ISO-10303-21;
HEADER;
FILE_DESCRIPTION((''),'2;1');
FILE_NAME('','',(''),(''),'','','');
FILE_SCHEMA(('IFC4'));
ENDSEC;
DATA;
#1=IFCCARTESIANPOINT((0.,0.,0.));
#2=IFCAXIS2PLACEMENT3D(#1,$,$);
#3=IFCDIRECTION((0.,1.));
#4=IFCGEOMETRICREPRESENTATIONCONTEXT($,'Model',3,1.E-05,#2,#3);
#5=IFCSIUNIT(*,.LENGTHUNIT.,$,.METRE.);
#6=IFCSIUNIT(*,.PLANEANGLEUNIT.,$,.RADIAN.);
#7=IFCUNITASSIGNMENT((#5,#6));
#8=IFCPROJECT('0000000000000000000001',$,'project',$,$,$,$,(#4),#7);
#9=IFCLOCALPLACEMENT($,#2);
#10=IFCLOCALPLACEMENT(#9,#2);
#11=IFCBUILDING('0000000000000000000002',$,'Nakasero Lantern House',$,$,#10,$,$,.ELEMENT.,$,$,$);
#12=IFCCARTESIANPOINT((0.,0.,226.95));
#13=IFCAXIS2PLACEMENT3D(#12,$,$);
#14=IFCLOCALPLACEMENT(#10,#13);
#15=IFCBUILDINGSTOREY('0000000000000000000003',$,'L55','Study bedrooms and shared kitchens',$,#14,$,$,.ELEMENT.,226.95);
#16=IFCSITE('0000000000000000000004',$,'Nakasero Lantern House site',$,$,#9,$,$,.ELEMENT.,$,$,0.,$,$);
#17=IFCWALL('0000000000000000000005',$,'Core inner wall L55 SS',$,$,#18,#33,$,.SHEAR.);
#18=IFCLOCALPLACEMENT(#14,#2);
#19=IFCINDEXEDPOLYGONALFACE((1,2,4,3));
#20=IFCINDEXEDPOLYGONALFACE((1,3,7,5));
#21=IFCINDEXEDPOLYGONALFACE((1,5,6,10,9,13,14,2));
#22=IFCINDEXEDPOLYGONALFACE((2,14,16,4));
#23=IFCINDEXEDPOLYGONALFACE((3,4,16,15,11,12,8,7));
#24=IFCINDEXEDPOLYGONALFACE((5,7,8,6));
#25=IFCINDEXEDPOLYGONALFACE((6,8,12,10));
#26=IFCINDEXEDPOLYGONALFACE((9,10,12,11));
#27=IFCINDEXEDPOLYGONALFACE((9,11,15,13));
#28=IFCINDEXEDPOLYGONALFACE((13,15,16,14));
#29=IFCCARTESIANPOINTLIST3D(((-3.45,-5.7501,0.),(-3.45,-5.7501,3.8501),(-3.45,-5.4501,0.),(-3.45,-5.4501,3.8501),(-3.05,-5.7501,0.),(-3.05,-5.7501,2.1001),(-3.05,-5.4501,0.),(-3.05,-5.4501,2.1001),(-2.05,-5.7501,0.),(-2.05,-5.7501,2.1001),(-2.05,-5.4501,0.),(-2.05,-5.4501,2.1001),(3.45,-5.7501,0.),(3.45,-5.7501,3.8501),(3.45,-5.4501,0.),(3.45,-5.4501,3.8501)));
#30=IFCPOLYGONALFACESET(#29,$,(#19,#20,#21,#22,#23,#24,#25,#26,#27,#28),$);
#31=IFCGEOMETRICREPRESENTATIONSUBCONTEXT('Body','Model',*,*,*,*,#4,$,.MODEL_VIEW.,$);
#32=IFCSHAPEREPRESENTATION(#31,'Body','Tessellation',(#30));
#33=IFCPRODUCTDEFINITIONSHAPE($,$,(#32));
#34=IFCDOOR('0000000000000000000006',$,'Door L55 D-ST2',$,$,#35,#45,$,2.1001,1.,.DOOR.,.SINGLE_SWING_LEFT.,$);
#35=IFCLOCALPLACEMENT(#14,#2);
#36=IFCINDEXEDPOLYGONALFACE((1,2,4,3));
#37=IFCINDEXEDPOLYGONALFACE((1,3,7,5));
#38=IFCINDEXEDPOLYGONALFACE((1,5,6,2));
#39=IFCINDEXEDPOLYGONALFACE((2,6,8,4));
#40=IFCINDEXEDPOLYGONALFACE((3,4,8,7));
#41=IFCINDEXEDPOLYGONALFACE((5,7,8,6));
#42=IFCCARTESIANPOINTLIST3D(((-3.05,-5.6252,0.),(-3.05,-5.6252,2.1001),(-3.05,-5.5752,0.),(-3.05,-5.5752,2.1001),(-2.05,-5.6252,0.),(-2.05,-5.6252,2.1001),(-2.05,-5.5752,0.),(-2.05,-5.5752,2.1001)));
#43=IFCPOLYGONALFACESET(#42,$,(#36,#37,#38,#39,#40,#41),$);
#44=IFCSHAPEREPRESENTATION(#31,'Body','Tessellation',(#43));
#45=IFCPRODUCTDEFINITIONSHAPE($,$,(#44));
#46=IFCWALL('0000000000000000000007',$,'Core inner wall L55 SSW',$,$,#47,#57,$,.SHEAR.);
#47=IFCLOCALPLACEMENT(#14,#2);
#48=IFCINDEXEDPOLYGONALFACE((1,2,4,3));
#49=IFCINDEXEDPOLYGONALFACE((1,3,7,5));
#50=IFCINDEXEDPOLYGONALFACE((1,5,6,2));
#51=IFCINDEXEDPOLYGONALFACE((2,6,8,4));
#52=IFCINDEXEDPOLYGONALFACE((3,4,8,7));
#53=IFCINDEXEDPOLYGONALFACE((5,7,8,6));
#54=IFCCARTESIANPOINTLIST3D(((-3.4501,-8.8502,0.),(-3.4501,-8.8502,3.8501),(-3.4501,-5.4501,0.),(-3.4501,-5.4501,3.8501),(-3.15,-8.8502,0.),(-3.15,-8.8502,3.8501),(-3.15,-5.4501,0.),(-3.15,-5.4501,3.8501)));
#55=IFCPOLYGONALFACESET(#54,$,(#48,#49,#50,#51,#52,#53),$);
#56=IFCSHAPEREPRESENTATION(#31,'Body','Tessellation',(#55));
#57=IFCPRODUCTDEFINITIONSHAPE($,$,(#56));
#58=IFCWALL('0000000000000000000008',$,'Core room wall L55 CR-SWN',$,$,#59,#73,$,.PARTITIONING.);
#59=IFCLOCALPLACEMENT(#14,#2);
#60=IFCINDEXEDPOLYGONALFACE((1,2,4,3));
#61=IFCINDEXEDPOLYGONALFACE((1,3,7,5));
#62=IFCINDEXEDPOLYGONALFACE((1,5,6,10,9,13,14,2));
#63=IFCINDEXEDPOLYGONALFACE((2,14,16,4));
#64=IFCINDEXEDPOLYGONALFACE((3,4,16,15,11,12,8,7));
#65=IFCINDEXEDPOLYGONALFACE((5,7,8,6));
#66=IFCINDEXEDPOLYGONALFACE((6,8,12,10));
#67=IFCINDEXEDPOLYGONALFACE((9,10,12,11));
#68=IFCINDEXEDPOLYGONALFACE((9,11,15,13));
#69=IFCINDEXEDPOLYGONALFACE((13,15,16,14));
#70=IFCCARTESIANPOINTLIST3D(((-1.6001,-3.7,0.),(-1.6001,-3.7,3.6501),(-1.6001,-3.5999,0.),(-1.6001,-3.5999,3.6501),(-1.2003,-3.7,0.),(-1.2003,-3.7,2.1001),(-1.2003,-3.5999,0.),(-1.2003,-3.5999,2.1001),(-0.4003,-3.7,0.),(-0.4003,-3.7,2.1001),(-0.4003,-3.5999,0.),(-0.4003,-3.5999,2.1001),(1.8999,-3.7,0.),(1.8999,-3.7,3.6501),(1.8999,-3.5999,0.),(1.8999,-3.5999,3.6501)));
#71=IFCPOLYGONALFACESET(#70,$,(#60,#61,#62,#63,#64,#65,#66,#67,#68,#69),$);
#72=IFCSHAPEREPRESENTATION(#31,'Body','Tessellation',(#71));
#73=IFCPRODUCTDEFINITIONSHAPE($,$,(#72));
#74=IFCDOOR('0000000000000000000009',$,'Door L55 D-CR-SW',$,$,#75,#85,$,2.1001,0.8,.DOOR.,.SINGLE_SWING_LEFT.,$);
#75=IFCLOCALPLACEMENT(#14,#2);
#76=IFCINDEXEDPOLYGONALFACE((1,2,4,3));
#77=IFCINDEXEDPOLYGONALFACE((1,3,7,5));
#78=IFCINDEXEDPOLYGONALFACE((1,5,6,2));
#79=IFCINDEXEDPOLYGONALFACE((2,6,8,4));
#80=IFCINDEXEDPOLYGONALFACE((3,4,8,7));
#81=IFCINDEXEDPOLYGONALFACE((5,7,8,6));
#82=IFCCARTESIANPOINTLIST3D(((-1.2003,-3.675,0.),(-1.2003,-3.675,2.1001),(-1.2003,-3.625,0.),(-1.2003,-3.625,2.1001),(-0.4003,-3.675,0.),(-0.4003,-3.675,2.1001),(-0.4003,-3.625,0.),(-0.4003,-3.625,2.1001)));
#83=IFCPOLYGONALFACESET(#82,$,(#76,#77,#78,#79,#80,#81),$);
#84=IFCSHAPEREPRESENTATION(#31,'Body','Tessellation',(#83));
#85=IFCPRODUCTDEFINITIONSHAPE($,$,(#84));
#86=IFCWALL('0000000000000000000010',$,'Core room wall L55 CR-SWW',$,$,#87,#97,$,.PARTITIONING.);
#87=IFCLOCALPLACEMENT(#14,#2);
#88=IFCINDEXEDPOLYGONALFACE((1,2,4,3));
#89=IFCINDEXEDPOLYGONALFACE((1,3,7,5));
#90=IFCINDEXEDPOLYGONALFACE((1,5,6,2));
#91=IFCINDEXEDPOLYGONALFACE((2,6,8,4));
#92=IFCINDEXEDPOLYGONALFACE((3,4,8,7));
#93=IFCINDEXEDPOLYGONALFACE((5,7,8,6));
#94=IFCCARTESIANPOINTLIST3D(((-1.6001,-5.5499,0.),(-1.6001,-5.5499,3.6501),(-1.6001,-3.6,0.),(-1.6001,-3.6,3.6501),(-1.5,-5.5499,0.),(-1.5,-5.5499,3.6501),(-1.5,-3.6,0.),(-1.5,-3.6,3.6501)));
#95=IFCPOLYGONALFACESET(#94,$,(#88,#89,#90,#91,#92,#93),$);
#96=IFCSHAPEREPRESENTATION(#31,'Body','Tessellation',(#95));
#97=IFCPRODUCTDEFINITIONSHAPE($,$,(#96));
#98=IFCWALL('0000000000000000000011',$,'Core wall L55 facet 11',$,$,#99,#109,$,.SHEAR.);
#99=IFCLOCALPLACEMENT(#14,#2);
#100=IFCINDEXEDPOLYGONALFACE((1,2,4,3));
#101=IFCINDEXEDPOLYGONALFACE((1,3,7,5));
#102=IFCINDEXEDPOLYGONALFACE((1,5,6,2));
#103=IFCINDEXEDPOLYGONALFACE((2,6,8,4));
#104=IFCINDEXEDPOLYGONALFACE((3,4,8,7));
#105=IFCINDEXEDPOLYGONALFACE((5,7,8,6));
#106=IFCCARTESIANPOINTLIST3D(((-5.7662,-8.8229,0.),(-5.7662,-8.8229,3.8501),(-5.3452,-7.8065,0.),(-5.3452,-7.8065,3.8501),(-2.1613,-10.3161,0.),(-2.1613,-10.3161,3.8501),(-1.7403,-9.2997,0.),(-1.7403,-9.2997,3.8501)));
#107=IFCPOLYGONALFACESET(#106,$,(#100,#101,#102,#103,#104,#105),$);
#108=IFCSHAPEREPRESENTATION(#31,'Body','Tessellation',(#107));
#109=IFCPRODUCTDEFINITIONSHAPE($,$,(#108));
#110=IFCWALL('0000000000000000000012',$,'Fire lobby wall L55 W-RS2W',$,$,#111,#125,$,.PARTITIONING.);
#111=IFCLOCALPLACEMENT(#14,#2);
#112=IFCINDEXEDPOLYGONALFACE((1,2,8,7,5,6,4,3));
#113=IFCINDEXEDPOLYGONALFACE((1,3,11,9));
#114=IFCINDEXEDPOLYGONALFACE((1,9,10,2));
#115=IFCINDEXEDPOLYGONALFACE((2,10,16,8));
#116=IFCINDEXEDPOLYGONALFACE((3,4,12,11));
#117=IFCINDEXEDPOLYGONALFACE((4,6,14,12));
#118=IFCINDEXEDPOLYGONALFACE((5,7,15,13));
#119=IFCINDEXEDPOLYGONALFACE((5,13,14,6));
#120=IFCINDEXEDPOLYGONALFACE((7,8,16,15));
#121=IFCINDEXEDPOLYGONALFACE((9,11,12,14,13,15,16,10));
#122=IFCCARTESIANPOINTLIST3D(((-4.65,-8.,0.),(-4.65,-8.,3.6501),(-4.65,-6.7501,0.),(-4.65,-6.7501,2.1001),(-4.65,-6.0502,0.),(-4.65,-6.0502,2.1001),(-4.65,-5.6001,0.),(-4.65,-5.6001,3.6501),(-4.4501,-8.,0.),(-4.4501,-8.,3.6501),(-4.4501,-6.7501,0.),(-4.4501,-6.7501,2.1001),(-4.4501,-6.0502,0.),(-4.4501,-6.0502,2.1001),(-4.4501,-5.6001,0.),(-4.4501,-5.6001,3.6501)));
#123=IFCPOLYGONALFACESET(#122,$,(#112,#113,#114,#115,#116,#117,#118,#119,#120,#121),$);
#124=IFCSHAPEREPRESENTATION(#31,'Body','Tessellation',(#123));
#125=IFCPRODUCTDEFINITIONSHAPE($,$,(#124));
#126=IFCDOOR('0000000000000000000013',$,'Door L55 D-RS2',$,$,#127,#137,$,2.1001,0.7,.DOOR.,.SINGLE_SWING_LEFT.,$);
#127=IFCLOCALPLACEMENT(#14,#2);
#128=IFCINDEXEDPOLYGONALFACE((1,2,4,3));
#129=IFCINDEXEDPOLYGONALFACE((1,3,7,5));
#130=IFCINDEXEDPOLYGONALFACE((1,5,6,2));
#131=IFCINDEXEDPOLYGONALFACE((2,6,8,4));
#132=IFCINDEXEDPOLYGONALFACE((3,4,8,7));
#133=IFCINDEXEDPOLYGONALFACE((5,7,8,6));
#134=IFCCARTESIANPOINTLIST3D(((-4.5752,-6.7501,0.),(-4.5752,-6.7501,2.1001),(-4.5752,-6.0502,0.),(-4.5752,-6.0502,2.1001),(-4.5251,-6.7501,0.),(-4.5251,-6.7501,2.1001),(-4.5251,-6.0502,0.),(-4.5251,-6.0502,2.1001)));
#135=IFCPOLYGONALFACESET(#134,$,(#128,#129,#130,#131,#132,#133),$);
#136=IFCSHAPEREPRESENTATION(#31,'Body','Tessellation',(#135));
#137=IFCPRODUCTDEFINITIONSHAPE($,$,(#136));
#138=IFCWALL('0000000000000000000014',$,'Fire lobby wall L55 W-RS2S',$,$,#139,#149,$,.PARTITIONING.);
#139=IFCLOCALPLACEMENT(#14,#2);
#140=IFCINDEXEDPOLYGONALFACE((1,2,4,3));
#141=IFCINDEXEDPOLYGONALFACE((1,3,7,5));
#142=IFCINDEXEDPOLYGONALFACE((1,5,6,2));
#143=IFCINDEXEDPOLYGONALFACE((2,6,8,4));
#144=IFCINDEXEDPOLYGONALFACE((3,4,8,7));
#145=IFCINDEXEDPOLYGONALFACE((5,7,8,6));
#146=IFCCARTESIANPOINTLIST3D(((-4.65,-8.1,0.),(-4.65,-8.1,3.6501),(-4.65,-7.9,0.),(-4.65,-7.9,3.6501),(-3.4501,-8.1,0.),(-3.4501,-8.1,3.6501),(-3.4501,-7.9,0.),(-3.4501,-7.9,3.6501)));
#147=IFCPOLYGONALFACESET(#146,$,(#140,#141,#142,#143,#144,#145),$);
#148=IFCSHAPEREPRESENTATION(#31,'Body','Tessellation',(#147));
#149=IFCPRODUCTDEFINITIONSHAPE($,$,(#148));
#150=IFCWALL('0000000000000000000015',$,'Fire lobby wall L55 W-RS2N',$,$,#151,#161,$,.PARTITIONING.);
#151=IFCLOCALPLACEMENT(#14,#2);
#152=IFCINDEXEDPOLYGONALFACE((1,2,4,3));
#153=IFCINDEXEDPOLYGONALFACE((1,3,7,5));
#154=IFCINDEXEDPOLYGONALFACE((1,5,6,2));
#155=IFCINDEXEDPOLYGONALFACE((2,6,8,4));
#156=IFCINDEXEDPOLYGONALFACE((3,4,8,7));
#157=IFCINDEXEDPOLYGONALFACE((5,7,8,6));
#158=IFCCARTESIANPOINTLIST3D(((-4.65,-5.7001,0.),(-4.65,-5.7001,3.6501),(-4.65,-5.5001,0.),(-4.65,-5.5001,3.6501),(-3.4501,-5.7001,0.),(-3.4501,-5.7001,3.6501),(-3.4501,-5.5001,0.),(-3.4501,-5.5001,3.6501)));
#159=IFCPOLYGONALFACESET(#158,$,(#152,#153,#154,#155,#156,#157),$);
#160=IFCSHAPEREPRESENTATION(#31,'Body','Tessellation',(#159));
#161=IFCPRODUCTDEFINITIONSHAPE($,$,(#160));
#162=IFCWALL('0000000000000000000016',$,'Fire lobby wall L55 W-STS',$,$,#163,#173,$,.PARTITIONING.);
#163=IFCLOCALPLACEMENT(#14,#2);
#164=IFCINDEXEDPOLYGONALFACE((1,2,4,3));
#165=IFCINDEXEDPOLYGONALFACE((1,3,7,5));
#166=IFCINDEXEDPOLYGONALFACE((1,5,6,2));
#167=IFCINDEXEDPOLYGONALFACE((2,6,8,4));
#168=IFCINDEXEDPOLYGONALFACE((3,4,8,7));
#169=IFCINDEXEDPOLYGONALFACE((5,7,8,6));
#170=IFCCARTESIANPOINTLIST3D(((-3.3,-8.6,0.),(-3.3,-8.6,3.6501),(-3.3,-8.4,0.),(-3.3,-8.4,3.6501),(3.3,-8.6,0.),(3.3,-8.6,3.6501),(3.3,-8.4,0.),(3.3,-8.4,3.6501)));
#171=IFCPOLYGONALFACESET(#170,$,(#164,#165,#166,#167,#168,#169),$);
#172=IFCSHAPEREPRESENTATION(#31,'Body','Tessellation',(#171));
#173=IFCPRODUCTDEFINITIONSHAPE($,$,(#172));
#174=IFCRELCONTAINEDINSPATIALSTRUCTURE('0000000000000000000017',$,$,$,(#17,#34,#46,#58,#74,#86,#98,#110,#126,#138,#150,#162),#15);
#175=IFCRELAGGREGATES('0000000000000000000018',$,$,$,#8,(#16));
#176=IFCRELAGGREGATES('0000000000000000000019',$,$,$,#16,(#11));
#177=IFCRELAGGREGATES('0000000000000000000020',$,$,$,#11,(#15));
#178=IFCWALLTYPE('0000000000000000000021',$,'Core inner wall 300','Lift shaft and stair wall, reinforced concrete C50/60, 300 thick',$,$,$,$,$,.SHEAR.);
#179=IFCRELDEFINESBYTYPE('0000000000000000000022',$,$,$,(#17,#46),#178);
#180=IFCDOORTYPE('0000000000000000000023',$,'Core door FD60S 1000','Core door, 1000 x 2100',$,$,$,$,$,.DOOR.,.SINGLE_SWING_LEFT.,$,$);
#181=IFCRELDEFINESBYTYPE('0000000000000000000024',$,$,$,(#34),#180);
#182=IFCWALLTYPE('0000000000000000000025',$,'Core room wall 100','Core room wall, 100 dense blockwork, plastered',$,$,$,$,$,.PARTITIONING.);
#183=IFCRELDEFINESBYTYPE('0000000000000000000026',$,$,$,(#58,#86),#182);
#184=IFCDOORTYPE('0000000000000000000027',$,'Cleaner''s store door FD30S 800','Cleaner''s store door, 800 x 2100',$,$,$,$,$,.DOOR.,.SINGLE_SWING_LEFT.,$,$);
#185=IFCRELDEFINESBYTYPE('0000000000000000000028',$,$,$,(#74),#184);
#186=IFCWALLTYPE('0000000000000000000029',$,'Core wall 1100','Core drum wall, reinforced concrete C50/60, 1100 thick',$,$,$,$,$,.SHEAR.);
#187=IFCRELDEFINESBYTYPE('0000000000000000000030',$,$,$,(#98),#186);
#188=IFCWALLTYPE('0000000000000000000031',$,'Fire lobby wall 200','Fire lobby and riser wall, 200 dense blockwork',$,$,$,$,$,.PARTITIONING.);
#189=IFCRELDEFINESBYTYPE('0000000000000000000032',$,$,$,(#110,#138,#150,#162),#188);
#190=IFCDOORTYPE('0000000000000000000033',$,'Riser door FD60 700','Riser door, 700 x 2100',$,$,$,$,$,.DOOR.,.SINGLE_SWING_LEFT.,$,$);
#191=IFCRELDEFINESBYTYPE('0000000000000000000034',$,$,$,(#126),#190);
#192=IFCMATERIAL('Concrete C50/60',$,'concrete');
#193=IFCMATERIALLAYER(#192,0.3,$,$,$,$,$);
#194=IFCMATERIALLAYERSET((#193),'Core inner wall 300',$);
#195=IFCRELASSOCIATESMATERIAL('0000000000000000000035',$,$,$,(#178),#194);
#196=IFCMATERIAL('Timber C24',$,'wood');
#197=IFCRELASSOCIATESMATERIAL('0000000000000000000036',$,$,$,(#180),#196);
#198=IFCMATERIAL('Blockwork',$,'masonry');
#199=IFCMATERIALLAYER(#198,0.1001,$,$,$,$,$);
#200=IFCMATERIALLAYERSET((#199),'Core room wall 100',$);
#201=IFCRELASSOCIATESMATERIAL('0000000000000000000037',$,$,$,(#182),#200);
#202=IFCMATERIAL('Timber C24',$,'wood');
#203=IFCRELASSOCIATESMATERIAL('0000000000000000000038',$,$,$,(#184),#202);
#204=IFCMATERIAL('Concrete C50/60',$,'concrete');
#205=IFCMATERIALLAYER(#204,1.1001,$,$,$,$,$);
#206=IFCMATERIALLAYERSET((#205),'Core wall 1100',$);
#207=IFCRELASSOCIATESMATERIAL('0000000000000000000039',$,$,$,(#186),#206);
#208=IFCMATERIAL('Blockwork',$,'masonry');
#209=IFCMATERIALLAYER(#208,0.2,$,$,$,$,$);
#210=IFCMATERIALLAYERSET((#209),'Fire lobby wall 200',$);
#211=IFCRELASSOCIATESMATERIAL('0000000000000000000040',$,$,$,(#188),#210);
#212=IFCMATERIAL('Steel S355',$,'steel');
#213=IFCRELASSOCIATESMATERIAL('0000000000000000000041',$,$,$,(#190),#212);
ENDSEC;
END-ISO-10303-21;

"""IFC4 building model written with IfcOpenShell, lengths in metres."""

from ifc_helpers import new_model, si_unit, direction, frame, frame_2d, origin, place, context, subcontext, project, spatial, rectangle, extrude, material, layer, layer_set, type_object, element, fill, save


model = new_model("IFC4")

# Units and contexts
model_context = context("Model", 3, precision=1e-05, world=origin(), true_north=direction((0.0, 1.0)))
body_context = subcontext(model_context, "Body", "Model", "MODEL_VIEW")
ifc_project = project(units=[si_unit("LENGTHUNIT", "METRE"), si_unit("PLANEANGLEUNIT", "RADIAN")], contexts=[model_context])

# Site, building, storey
site_placement = place(None, origin())
site = spatial("IfcSite", under=ifc_project, at=site_placement, Name="Nakasero Lantern House site", CompositionType="ELEMENT", RefElevation=0.0)
building_placement = place(site_placement, origin())
building = spatial("IfcBuilding", under=site, at=building_placement, Name="Nakasero Lantern House", CompositionType="ELEMENT")
storey_placement = place(building_placement, frame((0.0, 0.0, 226.95)))
storey = spatial("IfcBuildingStorey", under=building, at=storey_placement, Name="L55", Description="Study bedrooms and shared kitchens", CompositionType="ELEMENT", Elevation=226.95)

# Wall, opening, door
ifc_material_1 = material(Name="Concrete C50/60", Category="concrete")
ifc_layer_1 = layer(ifc_material_1, 0.3)
ifc_layer_set_1 = layer_set([ifc_layer_1], Name="Core inner wall 300")
wall_type_1 = type_object("IfcWallType", Name="Core inner wall 300", Description="Lift shaft and stair wall, reinforced concrete C50/60, 300 thick", PredefinedType="SHEAR", material=ifc_layer_set_1)
wall_1_placement = place(storey_placement, frame((-3.45, -5.6001, 0.0), z_axis=(0.0, 0.0, 1.0), x_axis=(1.0, 0.0, 0.0)))
wall_1 = element("IfcWall", 1, at=wall_1_placement, inside=storey, type_object=wall_type_1, Name="Core inner wall L55 SS", PredefinedType="SHEAR", context=body_context, shape_type="SweptSolid", body=[
    extrude(rectangle(XDim=6.8999, YDim=0.3, at=frame_2d((3.45, 0.0))), origin(), (0.0, 0.0, 1.0), 3.8501),
])
opening_1_placement = place(wall_1_placement, frame((0.3999, 0.0, 0.0)))
opening_1 = element("IfcOpeningElement", 2, at=opening_1_placement, cuts=wall_1, PredefinedType="OPENING", context=body_context, shape_type="SweptSolid", body=[
    extrude(rectangle(XDim=1.0, YDim=2.1001, at=frame_2d((0.5, 1.05))), frame((0.0, 0.1699, 0.0), z_axis=(0.0, -1.0, 0.0), x_axis=(1.0, 0.0, 0.0)), (0.0, 0.0, 1.0), 0.3401),
])
ifc_material_2 = material(Name="Timber C24", Category="wood")
door_type_1 = type_object("IfcDoorType", Name="Core door FD60S 1000", Description="Core door, 1000 x 2100", OperationType="SINGLE_SWING_LEFT", PredefinedType="DOOR", material=ifc_material_2)
door_1_placement = place(opening_1_placement, origin())
door_1 = element("IfcDoor", 3, at=door_1_placement, inside=storey, type_object=door_type_1, Name="Door L55 D-ST2", OperationType="SINGLE_SWING_LEFT", OverallHeight=2.1001, OverallWidth=1.0, PredefinedType="DOOR", context=body_context, shape_type="SweptSolid", body=[
    extrude(rectangle(XDim=1.0, YDim=2.1001, at=frame_2d((0.5, 1.05))), frame((0.0, 0.0249, 0.0), z_axis=(0.0, -1.0, 0.0), x_axis=(1.0, 0.0, 0.0)), (0.0, 0.0, 1.0), 0.05),
])
fill(opening_1, door_1)

# Wall
wall_2_placement = place(storey_placement, frame((-3.3, -5.45, 0.0), z_axis=(0.0, 0.0, 1.0), x_axis=(0.0, -1.0, 0.0)))
element("IfcWall", 4, at=wall_2_placement, inside=storey, type_object=wall_type_1, Name="Core inner wall L55 SSW", PredefinedType="SHEAR", context=body_context, shape_type="SweptSolid", body=[
    extrude(rectangle(XDim=3.4001, YDim=0.3, at=frame_2d((1.7002, 0.0))), origin(), (0.0, 0.0, 1.0), 3.8501),
])

# Wall, opening, door
ifc_material_3 = material(Name="Blockwork", Category="masonry")
ifc_layer_2 = layer(ifc_material_3, 0.1001)
ifc_layer_set_2 = layer_set([ifc_layer_2], Name="Core room wall 100")
wall_type_2 = type_object("IfcWallType", Name="Core room wall 100", Description="Core room wall, 100 dense blockwork, plastered", PredefinedType="PARTITIONING", material=ifc_layer_set_2)
wall_3_placement = place(storey_placement, frame((-1.6001, -3.6499, 0.0), z_axis=(0.0, 0.0, 1.0), x_axis=(1.0, 0.0, 0.0)))
wall_3 = element("IfcWall", 5, at=wall_3_placement, inside=storey, type_object=wall_type_2, Name="Core room wall L55 CR-SWN", PredefinedType="PARTITIONING", context=body_context, shape_type="SweptSolid", body=[
    extrude(rectangle(XDim=3.5, YDim=0.1001, at=frame_2d((1.75, 0.0))), origin(), (0.0, 0.0, 1.0), 3.6501),
])
opening_2_placement = place(wall_3_placement, frame((0.3999, 0.0, 0.0)))
opening_2 = element("IfcOpeningElement", 6, at=opening_2_placement, cuts=wall_3, PredefinedType="OPENING", context=body_context, shape_type="SweptSolid", body=[
    extrude(rectangle(XDim=0.8, YDim=2.1001, at=frame_2d((0.3999, 1.05))), frame((0.0, 0.0701, 0.0), z_axis=(0.0, -1.0, 0.0), x_axis=(1.0, 0.0, 0.0)), (0.0, 0.0, 1.0), 0.1401),
])
ifc_material_4 = material(Name="Timber C24", Category="wood")
door_type_2 = type_object("IfcDoorType", Name="Cleaner's store door FD30S 800", Description="Cleaner's store door, 800 x 2100", OperationType="SINGLE_SWING_LEFT", PredefinedType="DOOR", material=ifc_material_4)
door_2_placement = place(opening_2_placement, origin())
door_2 = element("IfcDoor", 7, at=door_2_placement, inside=storey, type_object=door_type_2, Name="Door L55 D-CR-SW", OperationType="SINGLE_SWING_LEFT", OverallHeight=2.1001, OverallWidth=0.8, PredefinedType="DOOR", context=body_context, shape_type="SweptSolid", body=[
    extrude(rectangle(XDim=0.8, YDim=2.1001, at=frame_2d((0.3999, 1.05))), frame((0.0, 0.0249, 0.0), z_axis=(0.0, -1.0, 0.0), x_axis=(1.0, 0.0, 0.0)), (0.0, 0.0, 1.0), 0.05),
])
fill(opening_2, door_2)

# Walls
wall_4_placement = place(storey_placement, frame((-1.55, -5.55, 0.0), z_axis=(0.0, 0.0, 1.0), x_axis=(0.0, 1.0, 0.0)))
element("IfcWall", 8, at=wall_4_placement, inside=storey, type_object=wall_type_2, Name="Core room wall L55 CR-SWW", PredefinedType="PARTITIONING", context=body_context, shape_type="SweptSolid", body=[
    extrude(rectangle(XDim=1.95, YDim=0.1001, at=frame_2d((0.9751, 0.0))), origin(), (0.0, 0.0, 1.0), 3.6501),
])
ifc_material_5 = material(Name="Concrete C50/60", Category="concrete")
ifc_layer_3 = layer(ifc_material_5, 1.1001)
ifc_layer_set_3 = layer_set([ifc_layer_3], Name="Core wall 1100")
wall_type_3 = type_object("IfcWallType", Name="Core wall 1100", Description="Core drum wall, reinforced concrete C50/60, 1100 thick", PredefinedType="SHEAR", material=ifc_layer_set_3)
wall_5_placement = place(storey_placement, frame((-5.5557, -8.3147, 0.0), z_axis=(0.0, 0.0, 1.0), x_axis=(0.923877, -0.382691, 0.0)))
element("IfcWall", 9, at=wall_5_placement, inside=storey, type_object=wall_type_3, Name="Core wall L55 facet 11", PredefinedType="SHEAR", context=body_context, shape_type="SweptSolid", body=[
    extrude(rectangle(XDim=3.9019, YDim=1.1001, at=frame_2d((1.9509, 0.0))), origin(), (0.0, 0.0, 1.0), 3.8501),
])

# Wall, opening, door
ifc_material_6 = material(Name="Blockwork", Category="masonry")
ifc_layer_4 = layer(ifc_material_6, 0.2)
ifc_layer_set_4 = layer_set([ifc_layer_4], Name="Fire lobby wall 200")
wall_type_4 = type_object("IfcWallType", Name="Fire lobby wall 200", Description="Fire lobby and riser wall, 200 dense blockwork", PredefinedType="PARTITIONING", material=ifc_layer_set_4)
wall_6_placement = place(storey_placement, frame((-4.55, -5.6001, 0.0), z_axis=(0.0, 0.0, 1.0), x_axis=(0.0, -1.0, 0.0)))
wall_6 = element("IfcWall", 10, at=wall_6_placement, inside=storey, type_object=wall_type_4, Name="Fire lobby wall L55 W-RS2W", PredefinedType="PARTITIONING", context=body_context, shape_type="SweptSolid", body=[
    extrude(rectangle(XDim=2.3999, YDim=0.2, at=frame_2d((1.2, 0.0))), origin(), (0.0, 0.0, 1.0), 3.6501),
])
opening_3_placement = place(wall_6_placement, frame((0.45, 0.0, 0.0)))
opening_3 = element("IfcOpeningElement", 11, at=opening_3_placement, cuts=wall_6, PredefinedType="OPENING", context=body_context, shape_type="SweptSolid", body=[
    extrude(rectangle(XDim=0.7, YDim=2.1001, at=frame_2d((0.3501, 1.05))), frame((0.0, 0.1199, 0.0), z_axis=(0.0, -1.0, 0.0), x_axis=(1.0, 0.0, 0.0)), (0.0, 0.0, 1.0), 0.24),
])
ifc_material_7 = material(Name="Steel S355", Category="steel")
door_type_3 = type_object("IfcDoorType", Name="Riser door FD60 700", Description="Riser door, 700 x 2100", OperationType="SINGLE_SWING_LEFT", PredefinedType="DOOR", material=ifc_material_7)
door_3_placement = place(opening_3_placement, origin())
door_3 = element("IfcDoor", 12, at=door_3_placement, inside=storey, type_object=door_type_3, Name="Door L55 D-RS2", OperationType="SINGLE_SWING_LEFT", OverallHeight=2.1001, OverallWidth=0.7, PredefinedType="DOOR", context=body_context, shape_type="SweptSolid", body=[
    extrude(rectangle(XDim=0.7, YDim=2.1001, at=frame_2d((0.3501, 1.05))), frame((0.0, 0.0249, 0.0), z_axis=(0.0, -1.0, 0.0), x_axis=(1.0, 0.0, 0.0)), (0.0, 0.0, 1.0), 0.05),
])
fill(opening_3, door_3)

# Walls
for number, where, z_axis, x_axis, name in (
    (13, (-3.45, -8.0, 0.0), (0.0, 0.0, 1.0), (-1.0, 0.0, 0.0), "Fire lobby wall L55 W-RS2S"),
    (14, (-3.45, -5.6001, 0.0), (0.0, 0.0, 1.0), (-1.0, 0.0, 0.0), "Fire lobby wall L55 W-RS2N"),
):
    element("IfcWall", number, at=place(storey_placement, frame(where, z_axis=z_axis, x_axis=x_axis)), inside=storey, type_object=wall_type_4, Name=name, PredefinedType="PARTITIONING", context=body_context, shape_type="SweptSolid", body=[
        extrude(rectangle(XDim=1.2, YDim=0.2, at=frame_2d((0.6001, 0.0))), origin(), (0.0, 0.0, 1.0), 3.6501),
    ])
wall_7_placement = place(storey_placement, frame((-3.3, -8.5, 0.0), z_axis=(0.0, 0.0, 1.0), x_axis=(1.0, 0.0, 0.0)))
element("IfcWall", 15, at=wall_7_placement, inside=storey, type_object=wall_type_4, Name="Fire lobby wall L55 W-STS", PredefinedType="PARTITIONING", context=body_context, shape_type="SweptSolid", body=[
    extrude(rectangle(XDim=6.6001, YDim=0.2, at=frame_2d((3.3, 0.0))), origin(), (0.0, 0.0, 1.0), 3.6501),
])

save(model, "model.ifc")
